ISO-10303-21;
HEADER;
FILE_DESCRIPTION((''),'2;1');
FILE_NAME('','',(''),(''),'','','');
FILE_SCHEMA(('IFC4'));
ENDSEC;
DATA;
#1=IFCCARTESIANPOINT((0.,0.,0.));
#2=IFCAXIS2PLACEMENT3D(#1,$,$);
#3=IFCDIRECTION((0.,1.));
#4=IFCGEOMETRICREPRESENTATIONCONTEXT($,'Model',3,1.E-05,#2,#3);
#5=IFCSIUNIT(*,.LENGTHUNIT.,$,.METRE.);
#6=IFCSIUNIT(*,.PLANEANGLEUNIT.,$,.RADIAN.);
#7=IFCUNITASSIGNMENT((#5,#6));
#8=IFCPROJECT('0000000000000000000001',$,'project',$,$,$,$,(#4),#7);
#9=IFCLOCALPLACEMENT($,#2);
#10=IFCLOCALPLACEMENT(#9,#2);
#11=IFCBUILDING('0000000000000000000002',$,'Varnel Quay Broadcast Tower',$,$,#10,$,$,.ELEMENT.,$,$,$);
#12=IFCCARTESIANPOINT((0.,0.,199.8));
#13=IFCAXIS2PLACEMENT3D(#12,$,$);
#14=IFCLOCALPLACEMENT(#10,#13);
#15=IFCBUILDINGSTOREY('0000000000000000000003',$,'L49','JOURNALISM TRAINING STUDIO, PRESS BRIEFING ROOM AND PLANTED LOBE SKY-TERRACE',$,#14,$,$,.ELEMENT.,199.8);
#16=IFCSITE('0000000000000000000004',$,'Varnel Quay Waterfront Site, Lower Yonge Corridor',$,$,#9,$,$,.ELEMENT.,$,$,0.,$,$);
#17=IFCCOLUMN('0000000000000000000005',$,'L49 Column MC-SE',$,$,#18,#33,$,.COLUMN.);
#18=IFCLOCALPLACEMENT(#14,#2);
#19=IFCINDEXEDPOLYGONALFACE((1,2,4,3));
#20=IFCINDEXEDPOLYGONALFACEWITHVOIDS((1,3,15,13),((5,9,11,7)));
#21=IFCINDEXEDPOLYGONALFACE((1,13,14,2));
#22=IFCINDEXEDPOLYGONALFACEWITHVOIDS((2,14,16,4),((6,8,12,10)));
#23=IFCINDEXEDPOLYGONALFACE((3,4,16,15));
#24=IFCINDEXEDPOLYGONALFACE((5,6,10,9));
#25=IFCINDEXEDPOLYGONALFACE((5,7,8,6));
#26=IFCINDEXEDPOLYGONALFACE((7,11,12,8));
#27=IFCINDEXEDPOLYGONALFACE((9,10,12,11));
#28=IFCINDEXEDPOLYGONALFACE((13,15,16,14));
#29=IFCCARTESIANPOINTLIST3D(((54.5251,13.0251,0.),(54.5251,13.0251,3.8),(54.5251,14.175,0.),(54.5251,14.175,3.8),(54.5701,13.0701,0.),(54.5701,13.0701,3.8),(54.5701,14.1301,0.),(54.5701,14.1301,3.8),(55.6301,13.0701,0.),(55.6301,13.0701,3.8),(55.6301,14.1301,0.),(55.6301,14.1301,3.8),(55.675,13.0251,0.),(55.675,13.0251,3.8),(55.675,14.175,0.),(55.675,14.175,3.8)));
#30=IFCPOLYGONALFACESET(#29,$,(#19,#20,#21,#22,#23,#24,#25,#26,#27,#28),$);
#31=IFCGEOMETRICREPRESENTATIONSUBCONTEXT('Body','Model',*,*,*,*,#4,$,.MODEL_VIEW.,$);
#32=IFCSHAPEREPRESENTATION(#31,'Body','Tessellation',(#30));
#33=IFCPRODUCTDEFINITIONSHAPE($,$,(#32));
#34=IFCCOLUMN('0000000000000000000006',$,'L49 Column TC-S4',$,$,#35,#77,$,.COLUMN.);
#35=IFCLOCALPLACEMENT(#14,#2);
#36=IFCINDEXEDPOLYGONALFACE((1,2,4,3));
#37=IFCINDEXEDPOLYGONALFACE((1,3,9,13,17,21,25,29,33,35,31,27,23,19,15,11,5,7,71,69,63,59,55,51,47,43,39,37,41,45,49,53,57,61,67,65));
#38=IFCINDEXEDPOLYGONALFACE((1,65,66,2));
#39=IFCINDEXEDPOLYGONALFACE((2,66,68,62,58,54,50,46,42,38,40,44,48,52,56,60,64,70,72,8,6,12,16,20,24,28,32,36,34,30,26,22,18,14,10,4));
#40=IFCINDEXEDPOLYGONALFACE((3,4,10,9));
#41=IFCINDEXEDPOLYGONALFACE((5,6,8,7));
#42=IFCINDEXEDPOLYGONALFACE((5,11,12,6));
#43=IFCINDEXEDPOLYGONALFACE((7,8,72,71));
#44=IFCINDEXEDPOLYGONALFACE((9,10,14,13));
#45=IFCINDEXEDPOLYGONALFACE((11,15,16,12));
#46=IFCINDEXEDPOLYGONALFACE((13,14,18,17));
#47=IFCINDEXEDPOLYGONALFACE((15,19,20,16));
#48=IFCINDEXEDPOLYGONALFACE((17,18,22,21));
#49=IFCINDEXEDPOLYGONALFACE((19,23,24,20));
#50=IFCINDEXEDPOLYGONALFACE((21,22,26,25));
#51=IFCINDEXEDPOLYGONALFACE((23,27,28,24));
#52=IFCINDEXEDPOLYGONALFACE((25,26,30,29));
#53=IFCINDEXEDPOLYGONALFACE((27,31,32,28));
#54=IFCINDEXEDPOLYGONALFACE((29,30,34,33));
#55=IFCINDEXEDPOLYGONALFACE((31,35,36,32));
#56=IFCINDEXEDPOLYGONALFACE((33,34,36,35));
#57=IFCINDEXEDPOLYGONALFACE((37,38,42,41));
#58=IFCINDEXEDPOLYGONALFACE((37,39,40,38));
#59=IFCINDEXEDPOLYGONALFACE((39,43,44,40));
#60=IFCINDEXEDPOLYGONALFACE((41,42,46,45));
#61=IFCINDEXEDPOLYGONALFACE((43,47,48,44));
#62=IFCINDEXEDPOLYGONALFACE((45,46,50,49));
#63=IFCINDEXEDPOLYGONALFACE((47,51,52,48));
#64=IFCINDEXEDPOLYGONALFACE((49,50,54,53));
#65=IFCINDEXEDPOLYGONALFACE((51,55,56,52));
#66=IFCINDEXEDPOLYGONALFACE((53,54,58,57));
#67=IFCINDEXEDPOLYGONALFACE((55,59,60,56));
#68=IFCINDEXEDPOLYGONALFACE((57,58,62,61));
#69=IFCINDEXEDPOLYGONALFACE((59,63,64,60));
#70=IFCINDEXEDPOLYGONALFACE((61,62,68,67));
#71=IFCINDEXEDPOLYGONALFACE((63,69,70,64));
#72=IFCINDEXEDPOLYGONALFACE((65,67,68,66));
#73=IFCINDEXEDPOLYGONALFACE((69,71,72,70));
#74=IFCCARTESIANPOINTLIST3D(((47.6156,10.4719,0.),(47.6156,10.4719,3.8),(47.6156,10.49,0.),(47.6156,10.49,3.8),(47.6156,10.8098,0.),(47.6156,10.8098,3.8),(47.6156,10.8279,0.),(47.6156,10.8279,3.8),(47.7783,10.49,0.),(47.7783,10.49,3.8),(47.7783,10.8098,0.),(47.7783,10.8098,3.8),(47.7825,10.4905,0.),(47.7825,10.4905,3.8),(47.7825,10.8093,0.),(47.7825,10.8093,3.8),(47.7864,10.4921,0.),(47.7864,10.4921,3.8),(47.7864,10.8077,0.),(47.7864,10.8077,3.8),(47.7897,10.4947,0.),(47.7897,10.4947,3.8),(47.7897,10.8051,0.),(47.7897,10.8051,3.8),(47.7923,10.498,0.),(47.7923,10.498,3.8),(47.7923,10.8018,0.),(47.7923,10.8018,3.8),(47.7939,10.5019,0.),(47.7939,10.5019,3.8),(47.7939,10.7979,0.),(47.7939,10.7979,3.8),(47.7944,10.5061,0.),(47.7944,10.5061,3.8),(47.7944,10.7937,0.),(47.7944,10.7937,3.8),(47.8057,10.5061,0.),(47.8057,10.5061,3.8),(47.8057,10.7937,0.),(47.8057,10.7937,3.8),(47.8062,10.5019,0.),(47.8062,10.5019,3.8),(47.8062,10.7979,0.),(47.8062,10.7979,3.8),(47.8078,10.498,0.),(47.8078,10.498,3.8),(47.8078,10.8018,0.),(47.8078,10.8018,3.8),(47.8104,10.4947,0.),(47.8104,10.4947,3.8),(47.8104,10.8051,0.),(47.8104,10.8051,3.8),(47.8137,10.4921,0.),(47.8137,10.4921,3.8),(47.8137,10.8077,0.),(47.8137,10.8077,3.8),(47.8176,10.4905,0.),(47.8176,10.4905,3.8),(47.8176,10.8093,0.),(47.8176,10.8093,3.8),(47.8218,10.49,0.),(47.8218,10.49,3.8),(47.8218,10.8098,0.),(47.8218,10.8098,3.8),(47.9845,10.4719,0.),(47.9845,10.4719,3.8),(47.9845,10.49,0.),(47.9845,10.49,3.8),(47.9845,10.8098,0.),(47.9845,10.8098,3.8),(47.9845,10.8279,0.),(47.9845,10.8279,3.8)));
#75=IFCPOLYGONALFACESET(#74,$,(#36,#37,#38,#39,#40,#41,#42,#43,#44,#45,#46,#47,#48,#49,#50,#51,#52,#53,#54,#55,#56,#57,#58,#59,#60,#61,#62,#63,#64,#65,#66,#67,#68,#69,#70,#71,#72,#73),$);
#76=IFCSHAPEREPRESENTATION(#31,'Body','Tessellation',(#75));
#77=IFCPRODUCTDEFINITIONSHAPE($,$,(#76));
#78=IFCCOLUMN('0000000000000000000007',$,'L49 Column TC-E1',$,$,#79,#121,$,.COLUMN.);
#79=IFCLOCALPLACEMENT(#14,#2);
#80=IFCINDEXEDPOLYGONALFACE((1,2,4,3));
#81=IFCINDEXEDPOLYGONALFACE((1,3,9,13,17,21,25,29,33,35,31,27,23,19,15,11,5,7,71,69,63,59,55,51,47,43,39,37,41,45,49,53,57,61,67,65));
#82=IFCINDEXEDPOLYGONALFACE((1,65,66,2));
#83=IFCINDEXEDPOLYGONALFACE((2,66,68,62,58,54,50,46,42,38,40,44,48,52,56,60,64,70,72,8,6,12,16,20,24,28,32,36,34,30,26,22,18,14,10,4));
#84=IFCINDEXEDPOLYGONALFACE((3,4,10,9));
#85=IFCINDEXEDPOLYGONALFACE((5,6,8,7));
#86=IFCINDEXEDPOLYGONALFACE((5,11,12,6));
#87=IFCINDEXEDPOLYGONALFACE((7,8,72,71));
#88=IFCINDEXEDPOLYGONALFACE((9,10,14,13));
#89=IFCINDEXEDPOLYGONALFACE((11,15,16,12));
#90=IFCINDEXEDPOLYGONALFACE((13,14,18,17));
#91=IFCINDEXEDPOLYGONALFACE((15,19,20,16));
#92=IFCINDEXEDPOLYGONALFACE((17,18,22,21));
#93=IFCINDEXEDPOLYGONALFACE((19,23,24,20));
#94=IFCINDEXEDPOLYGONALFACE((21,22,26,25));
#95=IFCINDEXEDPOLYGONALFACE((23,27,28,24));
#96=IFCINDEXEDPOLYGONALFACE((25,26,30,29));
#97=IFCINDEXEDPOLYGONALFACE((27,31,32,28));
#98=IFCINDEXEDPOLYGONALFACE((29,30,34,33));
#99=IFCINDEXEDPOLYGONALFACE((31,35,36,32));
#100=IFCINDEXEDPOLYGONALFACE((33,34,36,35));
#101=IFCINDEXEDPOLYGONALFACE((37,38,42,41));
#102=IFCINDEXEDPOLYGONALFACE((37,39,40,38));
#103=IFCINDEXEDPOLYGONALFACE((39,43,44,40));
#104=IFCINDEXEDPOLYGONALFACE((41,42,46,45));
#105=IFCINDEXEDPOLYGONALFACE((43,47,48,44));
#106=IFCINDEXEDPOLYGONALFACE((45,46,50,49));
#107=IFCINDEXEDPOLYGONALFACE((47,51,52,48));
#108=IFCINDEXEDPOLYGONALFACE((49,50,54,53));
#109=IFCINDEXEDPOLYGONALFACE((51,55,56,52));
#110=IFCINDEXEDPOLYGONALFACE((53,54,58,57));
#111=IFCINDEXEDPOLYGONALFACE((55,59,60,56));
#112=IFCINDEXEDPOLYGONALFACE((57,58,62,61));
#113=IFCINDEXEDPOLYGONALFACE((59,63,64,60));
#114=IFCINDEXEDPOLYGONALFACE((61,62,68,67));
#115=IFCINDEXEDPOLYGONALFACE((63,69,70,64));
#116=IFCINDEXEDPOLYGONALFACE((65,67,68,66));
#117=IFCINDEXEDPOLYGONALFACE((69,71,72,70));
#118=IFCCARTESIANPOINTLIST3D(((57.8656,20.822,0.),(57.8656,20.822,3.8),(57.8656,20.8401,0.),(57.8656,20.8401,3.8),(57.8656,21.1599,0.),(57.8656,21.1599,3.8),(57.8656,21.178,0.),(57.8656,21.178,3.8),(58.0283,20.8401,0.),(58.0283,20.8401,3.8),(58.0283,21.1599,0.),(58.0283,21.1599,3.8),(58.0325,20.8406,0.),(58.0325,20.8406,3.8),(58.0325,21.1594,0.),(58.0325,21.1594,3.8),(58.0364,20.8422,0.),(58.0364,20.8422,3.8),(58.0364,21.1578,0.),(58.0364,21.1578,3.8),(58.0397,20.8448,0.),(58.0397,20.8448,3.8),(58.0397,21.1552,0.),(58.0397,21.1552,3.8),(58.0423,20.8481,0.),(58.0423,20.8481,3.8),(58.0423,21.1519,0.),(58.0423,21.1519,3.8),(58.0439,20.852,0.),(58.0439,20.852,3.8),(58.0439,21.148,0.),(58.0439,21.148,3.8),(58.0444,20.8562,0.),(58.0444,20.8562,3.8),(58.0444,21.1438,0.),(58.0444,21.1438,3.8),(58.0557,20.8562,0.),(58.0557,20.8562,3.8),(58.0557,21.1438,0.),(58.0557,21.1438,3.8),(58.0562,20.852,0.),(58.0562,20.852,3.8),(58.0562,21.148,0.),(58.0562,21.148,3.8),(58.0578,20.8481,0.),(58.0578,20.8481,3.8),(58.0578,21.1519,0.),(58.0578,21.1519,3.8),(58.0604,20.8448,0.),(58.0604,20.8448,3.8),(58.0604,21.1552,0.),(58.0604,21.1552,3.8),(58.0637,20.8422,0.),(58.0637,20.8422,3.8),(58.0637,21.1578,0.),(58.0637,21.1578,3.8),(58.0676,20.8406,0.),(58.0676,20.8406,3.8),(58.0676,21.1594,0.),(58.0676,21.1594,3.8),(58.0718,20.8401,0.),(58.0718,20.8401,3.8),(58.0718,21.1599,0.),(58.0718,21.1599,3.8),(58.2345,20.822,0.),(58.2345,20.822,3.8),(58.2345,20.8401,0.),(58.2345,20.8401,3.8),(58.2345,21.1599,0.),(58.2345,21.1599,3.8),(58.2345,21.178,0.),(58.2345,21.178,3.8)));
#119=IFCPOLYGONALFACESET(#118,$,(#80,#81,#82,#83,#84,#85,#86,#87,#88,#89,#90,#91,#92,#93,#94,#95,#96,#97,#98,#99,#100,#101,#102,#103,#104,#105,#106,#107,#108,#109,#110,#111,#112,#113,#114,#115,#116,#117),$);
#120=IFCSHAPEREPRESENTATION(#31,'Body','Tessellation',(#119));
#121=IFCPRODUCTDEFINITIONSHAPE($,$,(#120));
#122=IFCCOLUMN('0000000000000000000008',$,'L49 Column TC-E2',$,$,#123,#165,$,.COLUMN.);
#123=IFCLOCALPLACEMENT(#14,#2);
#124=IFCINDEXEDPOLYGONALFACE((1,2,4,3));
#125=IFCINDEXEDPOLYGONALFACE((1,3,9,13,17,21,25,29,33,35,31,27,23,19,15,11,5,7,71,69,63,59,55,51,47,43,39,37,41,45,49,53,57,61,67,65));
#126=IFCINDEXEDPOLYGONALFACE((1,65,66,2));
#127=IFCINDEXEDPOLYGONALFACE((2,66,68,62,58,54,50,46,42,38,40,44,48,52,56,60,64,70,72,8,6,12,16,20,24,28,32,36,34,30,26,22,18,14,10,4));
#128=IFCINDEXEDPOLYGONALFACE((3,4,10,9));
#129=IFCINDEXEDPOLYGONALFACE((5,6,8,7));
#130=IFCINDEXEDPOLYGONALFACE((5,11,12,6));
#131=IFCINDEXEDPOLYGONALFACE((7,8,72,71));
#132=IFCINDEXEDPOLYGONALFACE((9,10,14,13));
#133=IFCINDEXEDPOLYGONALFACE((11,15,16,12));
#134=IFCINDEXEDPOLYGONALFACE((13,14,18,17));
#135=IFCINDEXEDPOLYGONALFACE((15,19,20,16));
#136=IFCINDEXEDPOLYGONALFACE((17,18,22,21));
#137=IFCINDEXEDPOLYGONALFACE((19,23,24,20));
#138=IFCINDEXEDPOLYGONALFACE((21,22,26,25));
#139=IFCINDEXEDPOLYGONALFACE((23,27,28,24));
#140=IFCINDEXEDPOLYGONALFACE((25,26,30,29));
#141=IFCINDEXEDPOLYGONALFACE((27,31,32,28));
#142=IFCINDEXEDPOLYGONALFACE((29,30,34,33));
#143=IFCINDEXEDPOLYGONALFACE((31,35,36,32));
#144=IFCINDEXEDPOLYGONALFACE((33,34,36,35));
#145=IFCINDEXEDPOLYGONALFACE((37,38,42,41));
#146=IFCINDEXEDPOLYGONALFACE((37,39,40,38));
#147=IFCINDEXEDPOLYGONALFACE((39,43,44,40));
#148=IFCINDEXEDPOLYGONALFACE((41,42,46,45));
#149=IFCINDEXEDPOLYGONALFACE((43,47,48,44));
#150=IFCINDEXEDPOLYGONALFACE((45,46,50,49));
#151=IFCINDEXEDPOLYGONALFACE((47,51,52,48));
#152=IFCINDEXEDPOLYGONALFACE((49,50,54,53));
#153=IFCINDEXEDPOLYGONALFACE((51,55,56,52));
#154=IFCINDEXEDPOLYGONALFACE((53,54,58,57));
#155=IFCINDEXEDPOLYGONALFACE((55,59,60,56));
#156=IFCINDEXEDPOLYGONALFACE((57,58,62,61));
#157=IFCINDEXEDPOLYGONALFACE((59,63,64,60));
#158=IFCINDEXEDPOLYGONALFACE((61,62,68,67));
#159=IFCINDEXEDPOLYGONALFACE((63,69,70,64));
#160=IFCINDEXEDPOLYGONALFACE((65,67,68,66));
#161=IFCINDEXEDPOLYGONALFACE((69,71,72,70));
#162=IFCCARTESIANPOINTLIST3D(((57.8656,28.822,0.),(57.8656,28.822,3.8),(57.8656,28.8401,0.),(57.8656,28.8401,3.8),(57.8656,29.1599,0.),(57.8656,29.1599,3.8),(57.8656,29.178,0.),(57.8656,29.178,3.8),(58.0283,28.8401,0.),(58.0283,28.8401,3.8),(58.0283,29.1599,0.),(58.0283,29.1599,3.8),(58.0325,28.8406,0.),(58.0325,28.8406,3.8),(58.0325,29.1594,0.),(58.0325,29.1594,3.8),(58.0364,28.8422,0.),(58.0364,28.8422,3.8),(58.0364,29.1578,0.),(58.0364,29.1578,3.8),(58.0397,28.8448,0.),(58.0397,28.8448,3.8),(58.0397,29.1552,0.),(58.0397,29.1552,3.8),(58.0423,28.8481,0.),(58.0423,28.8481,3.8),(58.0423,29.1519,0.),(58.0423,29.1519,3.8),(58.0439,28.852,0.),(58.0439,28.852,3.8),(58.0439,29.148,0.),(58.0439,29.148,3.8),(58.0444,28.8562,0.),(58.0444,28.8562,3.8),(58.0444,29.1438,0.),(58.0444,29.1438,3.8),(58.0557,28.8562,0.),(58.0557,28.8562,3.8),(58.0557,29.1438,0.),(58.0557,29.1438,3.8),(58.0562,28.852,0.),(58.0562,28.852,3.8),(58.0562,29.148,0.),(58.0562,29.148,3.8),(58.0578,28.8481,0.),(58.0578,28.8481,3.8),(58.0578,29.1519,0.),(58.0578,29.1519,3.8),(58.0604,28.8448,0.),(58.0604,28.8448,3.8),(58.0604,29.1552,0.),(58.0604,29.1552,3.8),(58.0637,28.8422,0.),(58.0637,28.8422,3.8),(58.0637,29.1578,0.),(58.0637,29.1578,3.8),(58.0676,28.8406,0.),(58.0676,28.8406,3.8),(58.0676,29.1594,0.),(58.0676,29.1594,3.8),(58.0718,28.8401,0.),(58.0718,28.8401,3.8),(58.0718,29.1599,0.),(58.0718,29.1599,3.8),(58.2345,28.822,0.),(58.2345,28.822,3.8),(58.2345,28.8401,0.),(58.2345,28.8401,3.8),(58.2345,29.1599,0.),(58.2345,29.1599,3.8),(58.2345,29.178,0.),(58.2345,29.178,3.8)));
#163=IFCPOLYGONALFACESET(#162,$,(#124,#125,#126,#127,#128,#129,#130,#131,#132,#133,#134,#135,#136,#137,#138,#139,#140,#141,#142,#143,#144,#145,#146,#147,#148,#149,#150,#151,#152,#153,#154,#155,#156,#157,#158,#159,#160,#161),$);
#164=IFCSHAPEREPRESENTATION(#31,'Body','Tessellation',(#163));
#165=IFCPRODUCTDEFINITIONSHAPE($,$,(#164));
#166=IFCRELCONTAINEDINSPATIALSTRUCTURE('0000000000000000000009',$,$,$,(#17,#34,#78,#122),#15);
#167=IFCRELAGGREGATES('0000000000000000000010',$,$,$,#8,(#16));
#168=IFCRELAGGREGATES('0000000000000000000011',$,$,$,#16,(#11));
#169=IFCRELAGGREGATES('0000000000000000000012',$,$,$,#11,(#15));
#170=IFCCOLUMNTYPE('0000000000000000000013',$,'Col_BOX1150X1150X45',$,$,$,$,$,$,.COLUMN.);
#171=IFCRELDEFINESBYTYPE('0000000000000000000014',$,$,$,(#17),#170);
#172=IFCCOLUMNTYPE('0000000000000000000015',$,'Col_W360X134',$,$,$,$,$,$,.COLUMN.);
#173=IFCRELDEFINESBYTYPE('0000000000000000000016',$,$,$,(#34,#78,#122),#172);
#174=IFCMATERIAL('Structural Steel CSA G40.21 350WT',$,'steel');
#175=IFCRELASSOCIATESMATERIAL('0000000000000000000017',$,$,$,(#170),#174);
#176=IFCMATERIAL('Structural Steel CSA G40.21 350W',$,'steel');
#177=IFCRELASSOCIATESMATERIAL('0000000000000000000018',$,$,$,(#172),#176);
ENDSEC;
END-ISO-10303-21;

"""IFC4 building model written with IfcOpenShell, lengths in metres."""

from ifc_helpers import new_model, si_unit, direction, frame, origin, origin_2d, place, context, subcontext, project, spatial, hollow_rectangle, i_section, extrude, source, transform, mapped, material, material_profile, profile_set, type_object, type_shapes, element, save


model = new_model("IFC4")

# Units and contexts
model_context = context("Model", 3, precision=1e-05, world=origin(), true_north=direction((0.0, 1.0)))
body_context = subcontext(model_context, "Body", "Model", "MODEL_VIEW")
ifc_project = project(units=[si_unit("LENGTHUNIT", "METRE"), si_unit("PLANEANGLEUNIT", "RADIAN")], contexts=[model_context])

# Site, building, storey
site_placement = place(None, origin())
site = spatial("IfcSite", under=ifc_project, at=site_placement, Name="Varnel Quay Waterfront Site, Lower Yonge Corridor", CompositionType="ELEMENT", RefElevation=0.0)
building_placement = place(site_placement, origin())
building = spatial("IfcBuilding", under=site, at=building_placement, Name="Varnel Quay Broadcast Tower", CompositionType="ELEMENT")
storey_placement = place(building_placement, frame((0.0, 0.0, 199.8)))
storey = spatial("IfcBuildingStorey", under=building, at=storey_placement, Name="L49", Description="JOURNALISM TRAINING STUDIO, PRESS BRIEFING ROOM AND PLANTED LOBE SKY-TERRACE", CompositionType="ELEMENT", Elevation=199.8)

# Columns
ifc_material_1 = material(Name="Structural Steel CSA G40.21 350WT", Category="steel")
ifc_material_profile_1 = material_profile(ifc_material_1, hollow_rectangle(XDim=1.1499, YDim=1.1499, WallThickness=0.0449, at=origin_2d()), Name="BOX1150X1150X45")
ifc_profile_set_1 = profile_set([ifc_material_profile_1], Name="Structural Steel CSA G40.21 350WT")
column_type_1 = type_object("IfcColumnType", Name="Col_BOX1150X1150X45", PredefinedType="COLUMN", material=ifc_profile_set_1)
shared_shape_1 = source(origin(), body_context, "Body", "SweptSolid", [
    extrude(hollow_rectangle(XDim=1.1499, YDim=1.1499, WallThickness=0.0449, at=origin_2d()), origin(), (0.0, 0.0, 1.0), 3.8),
])
type_shapes(column_type_1, [shared_shape_1])
column_placement = place(storey_placement, frame((55.1001, 13.6001, 0.0), z_axis=(0.0, 0.0, 1.0), x_axis=(1.0, 0.0, 0.0)))
element("IfcColumn", 1, at=column_placement, inside=storey, type_object=column_type_1, Name="L49 Column MC-SE", PredefinedType="COLUMN", context=body_context, shape_type="MappedRepresentation", body=[
    mapped(shared_shape_1, transform((0.0, 0.0, 0.0), x_axis=(1.0, 0.0, 0.0), y_axis=(0.0, 1.0, 0.0), z_axis=(0.0, 0.0, 1.0), scale=1.0)),
])
ifc_material_2 = material(Name="Structural Steel CSA G40.21 350W", Category="steel")
ifc_material_profile_2 = material_profile(ifc_material_2, i_section(OverallWidth=0.3689, OverallDepth=0.356, WebThickness=0.0112, FlangeThickness=0.0181, FilletRadius=0.0161, at=origin_2d()), Name="W360X134")
ifc_profile_set_2 = profile_set([ifc_material_profile_2], Name="Structural Steel CSA G40.21 350W")
column_type_2 = type_object("IfcColumnType", Name="Col_W360X134", PredefinedType="COLUMN", material=ifc_profile_set_2)
shared_shape_2 = source(origin(), body_context, "Body", "SweptSolid", [
    extrude(i_section(OverallWidth=0.3689, OverallDepth=0.356, WebThickness=0.0112, FlangeThickness=0.0181, FilletRadius=0.0161, at=origin_2d()), origin(), (0.0, 0.0, 1.0), 3.8),
])
type_shapes(column_type_2, [shared_shape_2])
for number, where, z_axis, x_axis, name in (
    (2, (47.8, 10.6499, 0.0), (0.0, 0.0, 1.0), (1.0, 0.0, 0.0), "L49 Column TC-S4"),
    (3, (58.05, 21.0, 0.0), (0.0, 0.0, 1.0), (1.0, 0.0, 0.0), "L49 Column TC-E1"),
    (4, (58.05, 29.0, 0.0), (0.0, 0.0, 1.0), (1.0, 0.0, 0.0), "L49 Column TC-E2"),
):
    element("IfcColumn", number, at=place(storey_placement, frame(where, z_axis=z_axis, x_axis=x_axis)), inside=storey, type_object=column_type_2, Name=name, PredefinedType="COLUMN", context=body_context, shape_type="MappedRepresentation", body=[
        mapped(shared_shape_2, transform((0.0, 0.0, 0.0), x_axis=(1.0, 0.0, 0.0), y_axis=(0.0, 1.0, 0.0), z_axis=(0.0, 0.0, 1.0), scale=1.0)),
    ])

save(model, "model.ifc")
